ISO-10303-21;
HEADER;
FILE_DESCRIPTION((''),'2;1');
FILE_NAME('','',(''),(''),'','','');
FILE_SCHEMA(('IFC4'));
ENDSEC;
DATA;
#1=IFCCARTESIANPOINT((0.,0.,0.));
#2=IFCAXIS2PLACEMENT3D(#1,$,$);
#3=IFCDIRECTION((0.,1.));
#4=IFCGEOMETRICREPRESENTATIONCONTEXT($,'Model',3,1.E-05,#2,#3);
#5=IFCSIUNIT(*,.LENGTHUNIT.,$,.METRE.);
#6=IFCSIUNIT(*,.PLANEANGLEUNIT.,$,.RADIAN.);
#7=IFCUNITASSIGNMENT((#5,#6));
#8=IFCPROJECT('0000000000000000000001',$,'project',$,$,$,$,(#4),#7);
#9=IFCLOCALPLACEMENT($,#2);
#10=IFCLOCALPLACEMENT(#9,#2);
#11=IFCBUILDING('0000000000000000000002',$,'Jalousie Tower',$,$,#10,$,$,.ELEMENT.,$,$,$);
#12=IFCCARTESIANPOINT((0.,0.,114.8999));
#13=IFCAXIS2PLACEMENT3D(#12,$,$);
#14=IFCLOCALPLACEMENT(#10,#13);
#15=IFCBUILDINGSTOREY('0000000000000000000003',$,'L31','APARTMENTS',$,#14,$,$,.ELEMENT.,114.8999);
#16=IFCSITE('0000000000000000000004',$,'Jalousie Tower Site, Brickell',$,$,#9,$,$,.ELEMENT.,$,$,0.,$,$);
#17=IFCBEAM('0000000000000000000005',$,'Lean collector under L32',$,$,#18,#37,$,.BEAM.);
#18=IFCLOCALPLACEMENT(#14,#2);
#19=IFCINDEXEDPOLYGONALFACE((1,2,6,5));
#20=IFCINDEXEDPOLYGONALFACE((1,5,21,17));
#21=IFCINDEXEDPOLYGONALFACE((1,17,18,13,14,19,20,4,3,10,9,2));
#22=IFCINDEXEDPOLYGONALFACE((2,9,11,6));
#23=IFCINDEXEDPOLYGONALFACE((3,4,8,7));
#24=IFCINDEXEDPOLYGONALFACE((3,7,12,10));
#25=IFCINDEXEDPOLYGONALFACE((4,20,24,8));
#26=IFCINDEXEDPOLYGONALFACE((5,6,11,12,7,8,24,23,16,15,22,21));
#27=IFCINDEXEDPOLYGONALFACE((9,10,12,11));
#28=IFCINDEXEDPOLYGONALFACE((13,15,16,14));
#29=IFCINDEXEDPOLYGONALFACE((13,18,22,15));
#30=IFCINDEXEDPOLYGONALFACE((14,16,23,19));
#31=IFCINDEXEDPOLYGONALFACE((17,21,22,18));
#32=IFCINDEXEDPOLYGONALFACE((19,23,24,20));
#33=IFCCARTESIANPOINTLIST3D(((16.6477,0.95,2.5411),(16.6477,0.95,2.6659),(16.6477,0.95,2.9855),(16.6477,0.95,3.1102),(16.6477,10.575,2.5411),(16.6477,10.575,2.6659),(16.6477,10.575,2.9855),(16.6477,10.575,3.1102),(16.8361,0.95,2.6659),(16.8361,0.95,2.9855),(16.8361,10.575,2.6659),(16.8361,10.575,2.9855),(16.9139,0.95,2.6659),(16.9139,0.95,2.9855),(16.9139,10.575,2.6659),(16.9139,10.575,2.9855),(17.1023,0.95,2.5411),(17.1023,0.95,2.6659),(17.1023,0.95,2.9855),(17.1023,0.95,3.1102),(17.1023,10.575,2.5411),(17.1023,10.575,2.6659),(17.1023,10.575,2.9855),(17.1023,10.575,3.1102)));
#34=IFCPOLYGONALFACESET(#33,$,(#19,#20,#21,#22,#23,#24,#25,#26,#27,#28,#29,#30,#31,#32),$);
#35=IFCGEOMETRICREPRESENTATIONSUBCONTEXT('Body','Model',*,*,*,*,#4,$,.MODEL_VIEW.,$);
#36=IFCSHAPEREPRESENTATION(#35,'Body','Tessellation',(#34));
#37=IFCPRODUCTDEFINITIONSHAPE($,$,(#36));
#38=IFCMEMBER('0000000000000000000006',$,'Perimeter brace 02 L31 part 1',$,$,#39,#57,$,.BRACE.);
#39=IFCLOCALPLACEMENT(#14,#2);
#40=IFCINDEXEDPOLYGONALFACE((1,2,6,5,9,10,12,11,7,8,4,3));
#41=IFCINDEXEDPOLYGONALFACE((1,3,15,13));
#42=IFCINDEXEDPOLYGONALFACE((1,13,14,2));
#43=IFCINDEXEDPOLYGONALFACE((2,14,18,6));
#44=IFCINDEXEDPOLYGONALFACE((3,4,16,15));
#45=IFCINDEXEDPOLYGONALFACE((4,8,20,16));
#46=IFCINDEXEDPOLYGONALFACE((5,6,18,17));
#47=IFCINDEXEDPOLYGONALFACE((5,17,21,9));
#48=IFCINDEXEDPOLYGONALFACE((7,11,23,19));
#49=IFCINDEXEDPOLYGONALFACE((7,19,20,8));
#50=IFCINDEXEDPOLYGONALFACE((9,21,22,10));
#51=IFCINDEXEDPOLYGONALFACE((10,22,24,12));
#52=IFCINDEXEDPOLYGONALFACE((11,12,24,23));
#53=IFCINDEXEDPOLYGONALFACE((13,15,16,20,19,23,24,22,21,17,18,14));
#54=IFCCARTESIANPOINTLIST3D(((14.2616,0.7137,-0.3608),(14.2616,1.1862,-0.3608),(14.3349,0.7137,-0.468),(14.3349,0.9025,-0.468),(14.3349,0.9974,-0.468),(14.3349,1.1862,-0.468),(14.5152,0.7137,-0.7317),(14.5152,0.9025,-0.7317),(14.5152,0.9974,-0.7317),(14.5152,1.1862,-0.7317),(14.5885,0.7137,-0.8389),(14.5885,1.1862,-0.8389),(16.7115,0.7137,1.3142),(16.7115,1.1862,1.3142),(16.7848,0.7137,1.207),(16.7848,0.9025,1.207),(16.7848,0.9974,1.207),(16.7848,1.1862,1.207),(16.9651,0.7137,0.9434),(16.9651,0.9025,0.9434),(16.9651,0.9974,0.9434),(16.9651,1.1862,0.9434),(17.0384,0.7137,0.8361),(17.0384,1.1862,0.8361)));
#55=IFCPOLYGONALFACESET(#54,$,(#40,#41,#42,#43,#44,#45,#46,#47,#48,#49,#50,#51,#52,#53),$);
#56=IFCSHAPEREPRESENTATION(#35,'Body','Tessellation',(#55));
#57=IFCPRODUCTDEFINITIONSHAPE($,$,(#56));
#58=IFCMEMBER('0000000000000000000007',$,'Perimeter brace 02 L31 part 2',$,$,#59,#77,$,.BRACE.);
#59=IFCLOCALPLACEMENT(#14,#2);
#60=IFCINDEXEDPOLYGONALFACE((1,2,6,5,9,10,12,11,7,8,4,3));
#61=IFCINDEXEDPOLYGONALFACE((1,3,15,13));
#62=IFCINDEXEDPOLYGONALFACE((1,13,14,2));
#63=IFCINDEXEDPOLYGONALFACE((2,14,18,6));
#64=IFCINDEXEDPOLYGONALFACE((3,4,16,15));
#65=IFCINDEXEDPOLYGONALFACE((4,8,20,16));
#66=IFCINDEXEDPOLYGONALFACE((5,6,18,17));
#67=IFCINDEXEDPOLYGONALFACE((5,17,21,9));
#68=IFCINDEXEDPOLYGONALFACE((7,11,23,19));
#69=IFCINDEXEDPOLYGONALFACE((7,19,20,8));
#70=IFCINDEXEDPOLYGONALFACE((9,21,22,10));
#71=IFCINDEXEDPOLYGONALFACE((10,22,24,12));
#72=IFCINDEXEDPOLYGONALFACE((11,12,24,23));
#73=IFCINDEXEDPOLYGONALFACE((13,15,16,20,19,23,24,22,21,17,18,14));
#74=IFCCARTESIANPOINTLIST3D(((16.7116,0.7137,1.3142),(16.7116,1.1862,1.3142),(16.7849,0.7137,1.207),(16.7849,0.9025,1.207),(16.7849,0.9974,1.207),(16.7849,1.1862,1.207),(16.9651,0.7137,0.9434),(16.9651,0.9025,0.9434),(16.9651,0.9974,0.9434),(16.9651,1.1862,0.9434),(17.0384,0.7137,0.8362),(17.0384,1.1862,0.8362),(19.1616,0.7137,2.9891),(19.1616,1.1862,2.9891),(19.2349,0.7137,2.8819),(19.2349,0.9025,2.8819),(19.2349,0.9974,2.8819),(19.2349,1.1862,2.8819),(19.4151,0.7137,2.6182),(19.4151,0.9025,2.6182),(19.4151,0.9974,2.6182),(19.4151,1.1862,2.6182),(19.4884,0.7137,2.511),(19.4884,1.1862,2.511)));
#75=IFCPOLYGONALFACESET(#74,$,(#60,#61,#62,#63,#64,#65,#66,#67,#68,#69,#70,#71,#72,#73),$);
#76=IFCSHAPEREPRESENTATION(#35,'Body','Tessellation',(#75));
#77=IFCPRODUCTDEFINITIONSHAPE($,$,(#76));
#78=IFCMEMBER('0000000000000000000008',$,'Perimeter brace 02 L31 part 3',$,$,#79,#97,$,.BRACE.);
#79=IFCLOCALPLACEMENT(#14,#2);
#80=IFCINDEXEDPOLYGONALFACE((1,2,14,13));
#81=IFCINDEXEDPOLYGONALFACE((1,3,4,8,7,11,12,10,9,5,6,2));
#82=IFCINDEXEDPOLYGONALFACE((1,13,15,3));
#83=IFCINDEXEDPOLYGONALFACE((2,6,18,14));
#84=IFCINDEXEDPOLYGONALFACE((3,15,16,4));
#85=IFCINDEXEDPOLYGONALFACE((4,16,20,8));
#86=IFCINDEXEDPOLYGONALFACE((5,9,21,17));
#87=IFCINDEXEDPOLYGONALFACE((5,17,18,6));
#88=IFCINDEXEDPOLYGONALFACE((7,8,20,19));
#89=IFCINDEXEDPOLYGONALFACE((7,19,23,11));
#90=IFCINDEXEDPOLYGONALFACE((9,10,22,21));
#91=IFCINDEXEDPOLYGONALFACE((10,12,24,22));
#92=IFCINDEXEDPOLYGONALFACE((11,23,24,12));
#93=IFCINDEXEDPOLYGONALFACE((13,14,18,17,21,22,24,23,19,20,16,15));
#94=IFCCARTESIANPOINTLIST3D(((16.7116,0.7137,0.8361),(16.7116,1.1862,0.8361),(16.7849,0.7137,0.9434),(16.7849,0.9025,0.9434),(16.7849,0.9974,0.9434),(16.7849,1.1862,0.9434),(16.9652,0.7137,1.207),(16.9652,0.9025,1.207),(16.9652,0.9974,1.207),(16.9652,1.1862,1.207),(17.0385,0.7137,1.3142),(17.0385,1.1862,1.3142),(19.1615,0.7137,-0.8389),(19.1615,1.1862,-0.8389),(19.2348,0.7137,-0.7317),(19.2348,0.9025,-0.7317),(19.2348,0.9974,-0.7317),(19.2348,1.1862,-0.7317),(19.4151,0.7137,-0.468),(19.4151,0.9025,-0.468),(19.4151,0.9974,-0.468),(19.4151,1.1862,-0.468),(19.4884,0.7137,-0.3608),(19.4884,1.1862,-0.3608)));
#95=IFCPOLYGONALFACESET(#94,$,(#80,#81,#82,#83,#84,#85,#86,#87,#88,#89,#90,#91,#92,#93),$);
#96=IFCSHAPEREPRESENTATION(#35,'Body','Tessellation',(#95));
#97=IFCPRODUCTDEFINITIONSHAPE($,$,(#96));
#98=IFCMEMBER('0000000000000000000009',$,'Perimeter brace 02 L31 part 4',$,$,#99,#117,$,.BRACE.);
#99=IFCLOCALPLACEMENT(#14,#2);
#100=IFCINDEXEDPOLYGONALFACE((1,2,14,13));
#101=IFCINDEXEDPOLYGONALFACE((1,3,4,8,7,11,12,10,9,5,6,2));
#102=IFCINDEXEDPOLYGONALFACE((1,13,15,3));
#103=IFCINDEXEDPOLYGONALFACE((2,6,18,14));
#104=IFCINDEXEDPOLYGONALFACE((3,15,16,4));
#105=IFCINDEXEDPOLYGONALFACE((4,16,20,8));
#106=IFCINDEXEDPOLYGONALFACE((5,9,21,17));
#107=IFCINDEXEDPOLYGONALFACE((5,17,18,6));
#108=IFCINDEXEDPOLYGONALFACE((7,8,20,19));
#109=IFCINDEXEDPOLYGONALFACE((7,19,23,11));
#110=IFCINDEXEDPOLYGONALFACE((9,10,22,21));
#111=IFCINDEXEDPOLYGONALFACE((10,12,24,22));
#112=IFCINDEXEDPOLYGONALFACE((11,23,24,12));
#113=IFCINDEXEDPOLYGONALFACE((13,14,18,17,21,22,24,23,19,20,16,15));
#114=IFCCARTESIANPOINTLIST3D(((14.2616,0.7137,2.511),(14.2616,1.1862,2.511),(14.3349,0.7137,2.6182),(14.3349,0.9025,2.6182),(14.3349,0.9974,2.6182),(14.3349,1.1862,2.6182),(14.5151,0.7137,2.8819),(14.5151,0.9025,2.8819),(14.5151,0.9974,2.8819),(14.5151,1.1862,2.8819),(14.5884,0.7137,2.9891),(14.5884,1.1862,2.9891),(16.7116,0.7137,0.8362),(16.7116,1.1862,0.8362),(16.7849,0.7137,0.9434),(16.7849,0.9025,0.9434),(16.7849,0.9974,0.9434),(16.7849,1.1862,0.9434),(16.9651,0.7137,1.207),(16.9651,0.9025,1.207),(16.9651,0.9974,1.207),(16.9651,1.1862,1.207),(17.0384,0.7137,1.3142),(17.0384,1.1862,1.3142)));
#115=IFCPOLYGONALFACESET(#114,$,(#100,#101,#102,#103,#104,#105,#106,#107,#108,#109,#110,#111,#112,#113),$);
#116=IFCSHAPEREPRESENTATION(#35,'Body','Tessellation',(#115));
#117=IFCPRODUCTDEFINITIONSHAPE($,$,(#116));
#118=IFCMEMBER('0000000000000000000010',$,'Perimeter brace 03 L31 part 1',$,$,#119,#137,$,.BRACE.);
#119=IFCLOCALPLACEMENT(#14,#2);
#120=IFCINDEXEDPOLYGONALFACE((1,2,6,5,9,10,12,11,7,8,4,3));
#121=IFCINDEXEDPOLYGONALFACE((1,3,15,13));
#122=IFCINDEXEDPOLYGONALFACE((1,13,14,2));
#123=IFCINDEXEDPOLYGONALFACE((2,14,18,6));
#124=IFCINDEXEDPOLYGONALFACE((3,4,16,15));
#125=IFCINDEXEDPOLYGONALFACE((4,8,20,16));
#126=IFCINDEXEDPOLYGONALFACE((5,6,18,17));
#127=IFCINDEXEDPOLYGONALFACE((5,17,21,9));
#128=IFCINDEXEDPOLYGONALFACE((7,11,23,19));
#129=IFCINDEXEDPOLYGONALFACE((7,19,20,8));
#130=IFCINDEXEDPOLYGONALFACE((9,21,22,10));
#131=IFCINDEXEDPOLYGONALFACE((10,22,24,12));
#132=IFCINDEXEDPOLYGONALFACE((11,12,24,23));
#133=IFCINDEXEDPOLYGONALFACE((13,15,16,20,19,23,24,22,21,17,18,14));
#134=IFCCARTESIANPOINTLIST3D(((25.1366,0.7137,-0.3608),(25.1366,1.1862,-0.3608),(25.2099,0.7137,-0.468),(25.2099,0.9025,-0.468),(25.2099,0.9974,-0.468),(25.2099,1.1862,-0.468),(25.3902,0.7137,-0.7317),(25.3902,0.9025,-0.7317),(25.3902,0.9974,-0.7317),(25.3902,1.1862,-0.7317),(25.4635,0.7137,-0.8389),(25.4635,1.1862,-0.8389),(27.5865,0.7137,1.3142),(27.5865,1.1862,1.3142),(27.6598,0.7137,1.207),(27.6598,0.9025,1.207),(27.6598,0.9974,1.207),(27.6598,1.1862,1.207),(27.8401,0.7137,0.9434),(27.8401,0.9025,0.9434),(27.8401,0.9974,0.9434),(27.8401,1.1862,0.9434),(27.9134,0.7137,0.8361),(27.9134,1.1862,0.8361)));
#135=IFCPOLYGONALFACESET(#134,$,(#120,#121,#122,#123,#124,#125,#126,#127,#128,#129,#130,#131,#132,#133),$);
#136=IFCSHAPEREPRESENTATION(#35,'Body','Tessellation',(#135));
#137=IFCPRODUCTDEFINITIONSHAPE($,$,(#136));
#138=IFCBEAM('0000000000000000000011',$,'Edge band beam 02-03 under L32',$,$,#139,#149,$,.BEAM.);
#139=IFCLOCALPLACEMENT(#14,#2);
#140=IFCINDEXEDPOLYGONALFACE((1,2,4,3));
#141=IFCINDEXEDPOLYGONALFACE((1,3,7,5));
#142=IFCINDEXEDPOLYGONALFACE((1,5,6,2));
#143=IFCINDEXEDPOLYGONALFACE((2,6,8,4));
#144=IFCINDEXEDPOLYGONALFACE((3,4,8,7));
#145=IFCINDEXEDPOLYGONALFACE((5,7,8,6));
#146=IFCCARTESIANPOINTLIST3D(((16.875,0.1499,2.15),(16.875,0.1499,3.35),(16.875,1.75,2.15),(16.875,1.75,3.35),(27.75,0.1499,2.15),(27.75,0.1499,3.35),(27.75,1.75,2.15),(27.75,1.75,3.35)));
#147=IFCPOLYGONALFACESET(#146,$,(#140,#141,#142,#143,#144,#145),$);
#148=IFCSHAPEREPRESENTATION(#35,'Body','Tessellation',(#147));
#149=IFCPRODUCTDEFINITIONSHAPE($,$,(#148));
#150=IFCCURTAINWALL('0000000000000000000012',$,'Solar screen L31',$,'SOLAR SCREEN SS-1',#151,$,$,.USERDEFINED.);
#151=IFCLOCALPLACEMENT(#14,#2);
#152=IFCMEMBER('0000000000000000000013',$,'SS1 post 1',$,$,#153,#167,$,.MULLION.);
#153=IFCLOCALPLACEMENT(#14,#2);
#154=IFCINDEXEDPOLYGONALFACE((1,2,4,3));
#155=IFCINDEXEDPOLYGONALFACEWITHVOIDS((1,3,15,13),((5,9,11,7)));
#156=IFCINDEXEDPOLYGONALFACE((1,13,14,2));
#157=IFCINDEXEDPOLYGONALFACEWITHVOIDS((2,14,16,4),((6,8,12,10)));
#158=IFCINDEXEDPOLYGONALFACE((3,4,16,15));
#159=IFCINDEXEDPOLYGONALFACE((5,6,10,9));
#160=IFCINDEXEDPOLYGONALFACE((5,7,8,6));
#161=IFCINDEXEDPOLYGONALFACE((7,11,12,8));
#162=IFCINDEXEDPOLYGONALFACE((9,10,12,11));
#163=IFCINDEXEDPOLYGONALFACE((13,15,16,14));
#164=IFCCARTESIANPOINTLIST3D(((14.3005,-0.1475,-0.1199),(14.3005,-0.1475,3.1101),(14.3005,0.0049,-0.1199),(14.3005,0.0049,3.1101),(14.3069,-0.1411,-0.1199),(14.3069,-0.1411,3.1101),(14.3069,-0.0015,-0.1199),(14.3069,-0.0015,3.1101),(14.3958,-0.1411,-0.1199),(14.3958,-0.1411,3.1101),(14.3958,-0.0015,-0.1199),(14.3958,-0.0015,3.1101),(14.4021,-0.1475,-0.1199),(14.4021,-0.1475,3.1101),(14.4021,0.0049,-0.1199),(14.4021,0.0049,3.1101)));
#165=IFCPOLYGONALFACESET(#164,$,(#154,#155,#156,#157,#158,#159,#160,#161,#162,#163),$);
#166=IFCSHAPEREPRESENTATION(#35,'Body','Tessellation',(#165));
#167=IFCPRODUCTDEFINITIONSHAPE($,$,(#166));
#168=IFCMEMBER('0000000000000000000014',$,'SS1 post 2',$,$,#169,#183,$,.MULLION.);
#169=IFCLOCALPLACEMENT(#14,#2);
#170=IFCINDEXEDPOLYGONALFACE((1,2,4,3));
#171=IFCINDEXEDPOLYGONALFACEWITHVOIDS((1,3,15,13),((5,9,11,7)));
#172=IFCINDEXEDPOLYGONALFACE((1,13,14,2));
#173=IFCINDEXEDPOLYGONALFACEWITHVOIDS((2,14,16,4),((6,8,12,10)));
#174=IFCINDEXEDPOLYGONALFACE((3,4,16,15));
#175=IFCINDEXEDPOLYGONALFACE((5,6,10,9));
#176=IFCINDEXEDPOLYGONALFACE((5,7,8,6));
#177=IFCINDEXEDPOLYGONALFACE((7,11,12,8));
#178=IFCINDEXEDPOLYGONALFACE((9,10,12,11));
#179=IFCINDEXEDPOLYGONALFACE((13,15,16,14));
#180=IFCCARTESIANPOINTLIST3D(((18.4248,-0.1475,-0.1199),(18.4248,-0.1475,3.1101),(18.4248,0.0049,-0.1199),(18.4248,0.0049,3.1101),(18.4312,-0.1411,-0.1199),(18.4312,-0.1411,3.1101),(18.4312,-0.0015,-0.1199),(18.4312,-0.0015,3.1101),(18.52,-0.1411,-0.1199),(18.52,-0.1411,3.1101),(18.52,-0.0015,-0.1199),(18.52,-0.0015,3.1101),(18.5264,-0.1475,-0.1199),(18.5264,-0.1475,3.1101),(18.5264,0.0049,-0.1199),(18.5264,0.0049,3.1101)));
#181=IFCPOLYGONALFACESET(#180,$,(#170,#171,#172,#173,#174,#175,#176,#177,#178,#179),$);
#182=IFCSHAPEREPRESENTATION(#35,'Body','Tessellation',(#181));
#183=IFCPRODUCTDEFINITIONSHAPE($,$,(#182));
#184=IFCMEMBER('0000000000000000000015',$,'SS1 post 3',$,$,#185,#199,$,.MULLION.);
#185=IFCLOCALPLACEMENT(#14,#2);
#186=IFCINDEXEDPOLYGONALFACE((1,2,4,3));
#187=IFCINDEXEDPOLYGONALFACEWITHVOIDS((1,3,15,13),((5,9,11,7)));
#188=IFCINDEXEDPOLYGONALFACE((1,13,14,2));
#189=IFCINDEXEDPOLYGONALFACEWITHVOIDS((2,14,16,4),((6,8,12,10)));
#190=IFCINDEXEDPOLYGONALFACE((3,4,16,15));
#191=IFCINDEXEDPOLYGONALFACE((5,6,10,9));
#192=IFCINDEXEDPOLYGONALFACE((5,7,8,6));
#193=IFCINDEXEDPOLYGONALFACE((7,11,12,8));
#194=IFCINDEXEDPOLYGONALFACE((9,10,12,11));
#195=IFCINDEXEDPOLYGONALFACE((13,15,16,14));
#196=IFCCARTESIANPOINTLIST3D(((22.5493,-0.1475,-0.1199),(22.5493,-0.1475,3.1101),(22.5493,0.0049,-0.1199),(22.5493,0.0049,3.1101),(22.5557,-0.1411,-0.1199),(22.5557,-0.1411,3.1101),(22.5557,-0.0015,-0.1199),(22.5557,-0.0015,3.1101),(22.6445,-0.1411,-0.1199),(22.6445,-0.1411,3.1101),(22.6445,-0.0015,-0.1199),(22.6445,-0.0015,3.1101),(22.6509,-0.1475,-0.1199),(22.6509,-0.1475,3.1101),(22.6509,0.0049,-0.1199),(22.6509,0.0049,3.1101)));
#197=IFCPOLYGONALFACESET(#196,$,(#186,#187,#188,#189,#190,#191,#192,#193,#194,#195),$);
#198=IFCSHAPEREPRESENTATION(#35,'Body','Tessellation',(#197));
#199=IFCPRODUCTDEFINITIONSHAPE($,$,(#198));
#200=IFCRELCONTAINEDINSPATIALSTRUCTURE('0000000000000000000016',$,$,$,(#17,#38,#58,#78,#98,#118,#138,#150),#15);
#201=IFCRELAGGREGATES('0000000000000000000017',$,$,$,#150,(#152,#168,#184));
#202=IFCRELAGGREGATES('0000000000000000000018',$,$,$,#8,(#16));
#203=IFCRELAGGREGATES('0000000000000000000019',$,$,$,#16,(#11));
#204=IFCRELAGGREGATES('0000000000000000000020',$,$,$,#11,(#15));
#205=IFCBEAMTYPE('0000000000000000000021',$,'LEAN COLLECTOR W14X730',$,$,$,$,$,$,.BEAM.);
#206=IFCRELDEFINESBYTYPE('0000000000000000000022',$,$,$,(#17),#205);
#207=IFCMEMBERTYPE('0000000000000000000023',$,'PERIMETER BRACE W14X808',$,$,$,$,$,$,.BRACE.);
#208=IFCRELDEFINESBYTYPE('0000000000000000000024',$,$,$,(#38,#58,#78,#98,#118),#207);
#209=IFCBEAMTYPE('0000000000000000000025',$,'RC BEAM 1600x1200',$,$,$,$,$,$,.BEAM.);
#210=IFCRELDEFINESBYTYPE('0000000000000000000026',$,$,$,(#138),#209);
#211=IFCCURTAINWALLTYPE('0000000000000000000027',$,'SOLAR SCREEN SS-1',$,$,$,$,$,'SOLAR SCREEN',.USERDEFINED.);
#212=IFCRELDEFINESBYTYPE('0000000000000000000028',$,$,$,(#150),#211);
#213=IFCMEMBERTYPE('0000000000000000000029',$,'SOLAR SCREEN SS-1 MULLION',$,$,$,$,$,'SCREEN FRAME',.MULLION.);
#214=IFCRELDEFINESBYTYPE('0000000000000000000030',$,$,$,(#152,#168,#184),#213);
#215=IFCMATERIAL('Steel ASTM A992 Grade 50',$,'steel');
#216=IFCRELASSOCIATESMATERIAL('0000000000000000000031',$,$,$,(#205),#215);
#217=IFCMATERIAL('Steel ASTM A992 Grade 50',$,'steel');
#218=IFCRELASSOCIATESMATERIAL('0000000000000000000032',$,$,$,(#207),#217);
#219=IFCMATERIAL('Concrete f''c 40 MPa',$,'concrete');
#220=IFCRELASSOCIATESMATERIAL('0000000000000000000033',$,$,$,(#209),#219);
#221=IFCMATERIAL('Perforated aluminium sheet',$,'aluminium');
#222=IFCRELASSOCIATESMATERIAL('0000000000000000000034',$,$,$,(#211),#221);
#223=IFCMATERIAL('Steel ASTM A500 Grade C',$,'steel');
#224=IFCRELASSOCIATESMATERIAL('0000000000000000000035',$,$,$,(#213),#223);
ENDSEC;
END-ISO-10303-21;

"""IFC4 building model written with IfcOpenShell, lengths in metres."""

from ifc_helpers import new_model, si_unit, direction, frame, origin, origin_2d, place, context, subcontext, project, spatial, rectangle, hollow_rectangle, i_section, extrude, material, material_profile, profile_set, type_object, element, aggregate, save


model = new_model("IFC4")

# Units and contexts
model_context = context("Model", 3, precision=1e-05, world=origin(), true_north=direction((0.0, 1.0)))
body_context = subcontext(model_context, "Body", "Model", "MODEL_VIEW")
ifc_project = project(units=[si_unit("LENGTHUNIT", "METRE"), si_unit("PLANEANGLEUNIT", "RADIAN")], contexts=[model_context])

# Site, building, storey
site_placement = place(None, origin())
site = spatial("IfcSite", under=ifc_project, at=site_placement, Name="Jalousie Tower Site, Brickell", CompositionType="ELEMENT", RefElevation=0.0)
building_placement = place(site_placement, origin())
building = spatial("IfcBuilding", under=site, at=building_placement, Name="Jalousie Tower", CompositionType="ELEMENT")
storey_placement = place(building_placement, frame((0.0, 0.0, 114.8999)))
storey = spatial("IfcBuildingStorey", under=building, at=storey_placement, Name="L31", Description="APARTMENTS", CompositionType="ELEMENT", Elevation=114.8999)

# Beam
ifc_material_1 = material(Name="Steel ASTM A992 Grade 50", Category="steel")
ifc_material_profile_1 = material_profile(ifc_material_1, i_section(OverallWidth=0.4546, OverallDepth=0.5691, WebThickness=0.0779, FlangeThickness=0.1248, at=origin_2d()), Name="W14X730")
ifc_profile_set_1 = profile_set([ifc_material_profile_1], Name="Steel ASTM A992 Grade 50")
beam_type_1 = type_object("IfcBeamType", Name="LEAN COLLECTOR W14X730", PredefinedType="BEAM", material=ifc_profile_set_1)
beam_1_placement = place(storey_placement, frame((16.875, 0.95, 2.8257), z_axis=(0.0, 1.0, 0.0), x_axis=(-1.0, 0.0, 0.0)))
element("IfcBeam", 1, at=beam_1_placement, inside=storey, type_object=beam_type_1, Name="Lean collector under L32", PredefinedType="BEAM", context=body_context, shape_type="SweptSolid", body=[
    extrude(i_section(OverallWidth=0.4546, OverallDepth=0.5691, WebThickness=0.0779, FlangeThickness=0.1248, at=origin_2d()), origin(), (0.0, 0.0, 1.0), 9.625),
])

# Members
ifc_material_2 = material(Name="Steel ASTM A992 Grade 50", Category="steel")
ifc_material_profile_2 = material_profile(ifc_material_2, i_section(OverallWidth=0.4724, OverallDepth=0.5791, WebThickness=0.095, FlangeThickness=0.1299, at=origin_2d()), Name="W14X808")
ifc_profile_set_2 = profile_set([ifc_material_profile_2], Name="Steel ASTM A992 Grade 50")
member_type_1 = type_object("IfcMemberType", Name="PERIMETER BRACE W14X808", PredefinedType="BRACE", material=ifc_profile_set_2)
for number, where, z_axis, x_axis, name in (
    (2, (14.425, 0.95, -0.5999), (0.825501, 0.0, 0.564401), (0.0, 1.0, 0.0), "Perimeter brace 02 L31 part 1"),
    (3, (16.875, 0.95, 1.0752), (0.825539, 0.0, 0.564345), (0.0, 1.0, 0.0), "Perimeter brace 02 L31 part 2"),
    (4, (19.325, 0.95, -0.5999), (-0.825501, 0.0, 0.564401), (0.0, -1.0, 0.0), "Perimeter brace 02 L31 part 3"),
    (5, (16.875, 0.95, 1.0752), (-0.825539, 0.0, 0.564345), (0.0, -1.0, 0.0), "Perimeter brace 02 L31 part 4"),
    (6, (25.3, 0.95, -0.5999), (0.825501, 0.0, 0.564401), (0.0, 1.0, 0.0), "Perimeter brace 03 L31 part 1"),
):
    element("IfcMember", number, at=place(storey_placement, frame(where, z_axis=z_axis, x_axis=x_axis)), inside=storey, type_object=member_type_1, Name=name, PredefinedType="BRACE", context=body_context, shape_type="SweptSolid", body=[
        extrude(i_section(OverallWidth=0.4724, OverallDepth=0.5791, WebThickness=0.095, FlangeThickness=0.1299, at=origin_2d()), origin(), (0.0, 0.0, 1.0), 2.9678),
    ])

# Beam
ifc_material_3 = material(Name="Concrete f'c 40 MPa", Category="concrete")
ifc_material_profile_3 = material_profile(ifc_material_3, rectangle(XDim=1.6001, YDim=1.2, at=origin_2d()), Name="RC 1600x1200")
ifc_profile_set_3 = profile_set([ifc_material_profile_3], Name="Concrete f'c 40 MPa")
beam_type_2 = type_object("IfcBeamType", Name="RC BEAM 1600x1200", PredefinedType="BEAM", material=ifc_profile_set_3)
beam_2_placement = place(storey_placement, frame((16.875, 0.95, 2.75), z_axis=(1.0, 0.0, 0.0), x_axis=(0.0, 1.0, 0.0)))
element("IfcBeam", 7, at=beam_2_placement, inside=storey, type_object=beam_type_2, Name="Edge band beam 02-03 under L32", PredefinedType="BEAM", context=body_context, shape_type="SweptSolid", body=[
    extrude(rectangle(XDim=1.6001, YDim=1.2, at=origin_2d()), origin(), (0.0, 0.0, 1.0), 10.875),
])

# Curtain wall, members
ifc_material_4 = material(Name="Perforated aluminium sheet", Category="aluminium")
curtain_wall_type = type_object("IfcCurtainWallType", Name="SOLAR SCREEN SS-1", ElementType="SOLAR SCREEN", PredefinedType="USERDEFINED", material=ifc_material_4)
curtain_wall_1_placement = place(storey_placement, origin())
curtain_wall_1 = element("IfcCurtainWall", 8, at=curtain_wall_1_placement, inside=storey, type_object=curtain_wall_type, Name="Solar screen L31", ObjectType="SOLAR SCREEN SS-1", PredefinedType="USERDEFINED")
ifc_material_5 = material(Name="Steel ASTM A500 Grade C", Category="steel")
ifc_material_profile_4 = material_profile(ifc_material_5, hollow_rectangle(XDim=0.1016, YDim=0.1523, WallThickness=0.0063, at=origin_2d()), Name="HSS6X4X1/4")
ifc_profile_set_4 = profile_set([ifc_material_profile_4], Name="Steel ASTM A500 Grade C")
member_type_2 = type_object("IfcMemberType", Name="SOLAR SCREEN SS-1 MULLION", ElementType="SCREEN FRAME", PredefinedType="MULLION", material=ifc_profile_set_4)
member_1_placement = place(storey_placement, frame((14.3513, -0.0713, -0.1199), z_axis=(0.0, 0.0, 1.0), x_axis=(1.0, 0.0, 0.0)))
member_1 = element("IfcMember", 9, at=member_1_placement, type_object=member_type_2, Name="SS1 post 1", PredefinedType="MULLION", context=body_context, shape_type="SweptSolid", body=[
    extrude(hollow_rectangle(XDim=0.1016, YDim=0.1523, WallThickness=0.0063, at=origin_2d()), origin(), (0.0, 0.0, 1.0), 3.23),
])
member_2_placement = place(storey_placement, frame((18.4756, -0.0713, -0.1199), z_axis=(0.0, 0.0, 1.0), x_axis=(1.0, 0.0, 0.0)))
member_2 = element("IfcMember", 10, at=member_2_placement, type_object=member_type_2, Name="SS1 post 2", PredefinedType="MULLION", context=body_context, shape_type="SweptSolid", body=[
    extrude(hollow_rectangle(XDim=0.1016, YDim=0.1523, WallThickness=0.0063, at=origin_2d()), origin(), (0.0, 0.0, 1.0), 3.23),
])
member_3_placement = place(storey_placement, frame((22.6001, -0.0713, -0.1199), z_axis=(0.0, 0.0, 1.0), x_axis=(1.0, 0.0, 0.0)))
member_3 = element("IfcMember", 11, at=member_3_placement, type_object=member_type_2, Name="SS1 post 3", PredefinedType="MULLION", context=body_context, shape_type="SweptSolid", body=[
    extrude(hollow_rectangle(XDim=0.1016, YDim=0.1523, WallThickness=0.0063, at=origin_2d()), origin(), (0.0, 0.0, 1.0), 3.23),
])

aggregate(curtain_wall_1, [member_1, member_2, member_3])

save(model, "model.ifc")
